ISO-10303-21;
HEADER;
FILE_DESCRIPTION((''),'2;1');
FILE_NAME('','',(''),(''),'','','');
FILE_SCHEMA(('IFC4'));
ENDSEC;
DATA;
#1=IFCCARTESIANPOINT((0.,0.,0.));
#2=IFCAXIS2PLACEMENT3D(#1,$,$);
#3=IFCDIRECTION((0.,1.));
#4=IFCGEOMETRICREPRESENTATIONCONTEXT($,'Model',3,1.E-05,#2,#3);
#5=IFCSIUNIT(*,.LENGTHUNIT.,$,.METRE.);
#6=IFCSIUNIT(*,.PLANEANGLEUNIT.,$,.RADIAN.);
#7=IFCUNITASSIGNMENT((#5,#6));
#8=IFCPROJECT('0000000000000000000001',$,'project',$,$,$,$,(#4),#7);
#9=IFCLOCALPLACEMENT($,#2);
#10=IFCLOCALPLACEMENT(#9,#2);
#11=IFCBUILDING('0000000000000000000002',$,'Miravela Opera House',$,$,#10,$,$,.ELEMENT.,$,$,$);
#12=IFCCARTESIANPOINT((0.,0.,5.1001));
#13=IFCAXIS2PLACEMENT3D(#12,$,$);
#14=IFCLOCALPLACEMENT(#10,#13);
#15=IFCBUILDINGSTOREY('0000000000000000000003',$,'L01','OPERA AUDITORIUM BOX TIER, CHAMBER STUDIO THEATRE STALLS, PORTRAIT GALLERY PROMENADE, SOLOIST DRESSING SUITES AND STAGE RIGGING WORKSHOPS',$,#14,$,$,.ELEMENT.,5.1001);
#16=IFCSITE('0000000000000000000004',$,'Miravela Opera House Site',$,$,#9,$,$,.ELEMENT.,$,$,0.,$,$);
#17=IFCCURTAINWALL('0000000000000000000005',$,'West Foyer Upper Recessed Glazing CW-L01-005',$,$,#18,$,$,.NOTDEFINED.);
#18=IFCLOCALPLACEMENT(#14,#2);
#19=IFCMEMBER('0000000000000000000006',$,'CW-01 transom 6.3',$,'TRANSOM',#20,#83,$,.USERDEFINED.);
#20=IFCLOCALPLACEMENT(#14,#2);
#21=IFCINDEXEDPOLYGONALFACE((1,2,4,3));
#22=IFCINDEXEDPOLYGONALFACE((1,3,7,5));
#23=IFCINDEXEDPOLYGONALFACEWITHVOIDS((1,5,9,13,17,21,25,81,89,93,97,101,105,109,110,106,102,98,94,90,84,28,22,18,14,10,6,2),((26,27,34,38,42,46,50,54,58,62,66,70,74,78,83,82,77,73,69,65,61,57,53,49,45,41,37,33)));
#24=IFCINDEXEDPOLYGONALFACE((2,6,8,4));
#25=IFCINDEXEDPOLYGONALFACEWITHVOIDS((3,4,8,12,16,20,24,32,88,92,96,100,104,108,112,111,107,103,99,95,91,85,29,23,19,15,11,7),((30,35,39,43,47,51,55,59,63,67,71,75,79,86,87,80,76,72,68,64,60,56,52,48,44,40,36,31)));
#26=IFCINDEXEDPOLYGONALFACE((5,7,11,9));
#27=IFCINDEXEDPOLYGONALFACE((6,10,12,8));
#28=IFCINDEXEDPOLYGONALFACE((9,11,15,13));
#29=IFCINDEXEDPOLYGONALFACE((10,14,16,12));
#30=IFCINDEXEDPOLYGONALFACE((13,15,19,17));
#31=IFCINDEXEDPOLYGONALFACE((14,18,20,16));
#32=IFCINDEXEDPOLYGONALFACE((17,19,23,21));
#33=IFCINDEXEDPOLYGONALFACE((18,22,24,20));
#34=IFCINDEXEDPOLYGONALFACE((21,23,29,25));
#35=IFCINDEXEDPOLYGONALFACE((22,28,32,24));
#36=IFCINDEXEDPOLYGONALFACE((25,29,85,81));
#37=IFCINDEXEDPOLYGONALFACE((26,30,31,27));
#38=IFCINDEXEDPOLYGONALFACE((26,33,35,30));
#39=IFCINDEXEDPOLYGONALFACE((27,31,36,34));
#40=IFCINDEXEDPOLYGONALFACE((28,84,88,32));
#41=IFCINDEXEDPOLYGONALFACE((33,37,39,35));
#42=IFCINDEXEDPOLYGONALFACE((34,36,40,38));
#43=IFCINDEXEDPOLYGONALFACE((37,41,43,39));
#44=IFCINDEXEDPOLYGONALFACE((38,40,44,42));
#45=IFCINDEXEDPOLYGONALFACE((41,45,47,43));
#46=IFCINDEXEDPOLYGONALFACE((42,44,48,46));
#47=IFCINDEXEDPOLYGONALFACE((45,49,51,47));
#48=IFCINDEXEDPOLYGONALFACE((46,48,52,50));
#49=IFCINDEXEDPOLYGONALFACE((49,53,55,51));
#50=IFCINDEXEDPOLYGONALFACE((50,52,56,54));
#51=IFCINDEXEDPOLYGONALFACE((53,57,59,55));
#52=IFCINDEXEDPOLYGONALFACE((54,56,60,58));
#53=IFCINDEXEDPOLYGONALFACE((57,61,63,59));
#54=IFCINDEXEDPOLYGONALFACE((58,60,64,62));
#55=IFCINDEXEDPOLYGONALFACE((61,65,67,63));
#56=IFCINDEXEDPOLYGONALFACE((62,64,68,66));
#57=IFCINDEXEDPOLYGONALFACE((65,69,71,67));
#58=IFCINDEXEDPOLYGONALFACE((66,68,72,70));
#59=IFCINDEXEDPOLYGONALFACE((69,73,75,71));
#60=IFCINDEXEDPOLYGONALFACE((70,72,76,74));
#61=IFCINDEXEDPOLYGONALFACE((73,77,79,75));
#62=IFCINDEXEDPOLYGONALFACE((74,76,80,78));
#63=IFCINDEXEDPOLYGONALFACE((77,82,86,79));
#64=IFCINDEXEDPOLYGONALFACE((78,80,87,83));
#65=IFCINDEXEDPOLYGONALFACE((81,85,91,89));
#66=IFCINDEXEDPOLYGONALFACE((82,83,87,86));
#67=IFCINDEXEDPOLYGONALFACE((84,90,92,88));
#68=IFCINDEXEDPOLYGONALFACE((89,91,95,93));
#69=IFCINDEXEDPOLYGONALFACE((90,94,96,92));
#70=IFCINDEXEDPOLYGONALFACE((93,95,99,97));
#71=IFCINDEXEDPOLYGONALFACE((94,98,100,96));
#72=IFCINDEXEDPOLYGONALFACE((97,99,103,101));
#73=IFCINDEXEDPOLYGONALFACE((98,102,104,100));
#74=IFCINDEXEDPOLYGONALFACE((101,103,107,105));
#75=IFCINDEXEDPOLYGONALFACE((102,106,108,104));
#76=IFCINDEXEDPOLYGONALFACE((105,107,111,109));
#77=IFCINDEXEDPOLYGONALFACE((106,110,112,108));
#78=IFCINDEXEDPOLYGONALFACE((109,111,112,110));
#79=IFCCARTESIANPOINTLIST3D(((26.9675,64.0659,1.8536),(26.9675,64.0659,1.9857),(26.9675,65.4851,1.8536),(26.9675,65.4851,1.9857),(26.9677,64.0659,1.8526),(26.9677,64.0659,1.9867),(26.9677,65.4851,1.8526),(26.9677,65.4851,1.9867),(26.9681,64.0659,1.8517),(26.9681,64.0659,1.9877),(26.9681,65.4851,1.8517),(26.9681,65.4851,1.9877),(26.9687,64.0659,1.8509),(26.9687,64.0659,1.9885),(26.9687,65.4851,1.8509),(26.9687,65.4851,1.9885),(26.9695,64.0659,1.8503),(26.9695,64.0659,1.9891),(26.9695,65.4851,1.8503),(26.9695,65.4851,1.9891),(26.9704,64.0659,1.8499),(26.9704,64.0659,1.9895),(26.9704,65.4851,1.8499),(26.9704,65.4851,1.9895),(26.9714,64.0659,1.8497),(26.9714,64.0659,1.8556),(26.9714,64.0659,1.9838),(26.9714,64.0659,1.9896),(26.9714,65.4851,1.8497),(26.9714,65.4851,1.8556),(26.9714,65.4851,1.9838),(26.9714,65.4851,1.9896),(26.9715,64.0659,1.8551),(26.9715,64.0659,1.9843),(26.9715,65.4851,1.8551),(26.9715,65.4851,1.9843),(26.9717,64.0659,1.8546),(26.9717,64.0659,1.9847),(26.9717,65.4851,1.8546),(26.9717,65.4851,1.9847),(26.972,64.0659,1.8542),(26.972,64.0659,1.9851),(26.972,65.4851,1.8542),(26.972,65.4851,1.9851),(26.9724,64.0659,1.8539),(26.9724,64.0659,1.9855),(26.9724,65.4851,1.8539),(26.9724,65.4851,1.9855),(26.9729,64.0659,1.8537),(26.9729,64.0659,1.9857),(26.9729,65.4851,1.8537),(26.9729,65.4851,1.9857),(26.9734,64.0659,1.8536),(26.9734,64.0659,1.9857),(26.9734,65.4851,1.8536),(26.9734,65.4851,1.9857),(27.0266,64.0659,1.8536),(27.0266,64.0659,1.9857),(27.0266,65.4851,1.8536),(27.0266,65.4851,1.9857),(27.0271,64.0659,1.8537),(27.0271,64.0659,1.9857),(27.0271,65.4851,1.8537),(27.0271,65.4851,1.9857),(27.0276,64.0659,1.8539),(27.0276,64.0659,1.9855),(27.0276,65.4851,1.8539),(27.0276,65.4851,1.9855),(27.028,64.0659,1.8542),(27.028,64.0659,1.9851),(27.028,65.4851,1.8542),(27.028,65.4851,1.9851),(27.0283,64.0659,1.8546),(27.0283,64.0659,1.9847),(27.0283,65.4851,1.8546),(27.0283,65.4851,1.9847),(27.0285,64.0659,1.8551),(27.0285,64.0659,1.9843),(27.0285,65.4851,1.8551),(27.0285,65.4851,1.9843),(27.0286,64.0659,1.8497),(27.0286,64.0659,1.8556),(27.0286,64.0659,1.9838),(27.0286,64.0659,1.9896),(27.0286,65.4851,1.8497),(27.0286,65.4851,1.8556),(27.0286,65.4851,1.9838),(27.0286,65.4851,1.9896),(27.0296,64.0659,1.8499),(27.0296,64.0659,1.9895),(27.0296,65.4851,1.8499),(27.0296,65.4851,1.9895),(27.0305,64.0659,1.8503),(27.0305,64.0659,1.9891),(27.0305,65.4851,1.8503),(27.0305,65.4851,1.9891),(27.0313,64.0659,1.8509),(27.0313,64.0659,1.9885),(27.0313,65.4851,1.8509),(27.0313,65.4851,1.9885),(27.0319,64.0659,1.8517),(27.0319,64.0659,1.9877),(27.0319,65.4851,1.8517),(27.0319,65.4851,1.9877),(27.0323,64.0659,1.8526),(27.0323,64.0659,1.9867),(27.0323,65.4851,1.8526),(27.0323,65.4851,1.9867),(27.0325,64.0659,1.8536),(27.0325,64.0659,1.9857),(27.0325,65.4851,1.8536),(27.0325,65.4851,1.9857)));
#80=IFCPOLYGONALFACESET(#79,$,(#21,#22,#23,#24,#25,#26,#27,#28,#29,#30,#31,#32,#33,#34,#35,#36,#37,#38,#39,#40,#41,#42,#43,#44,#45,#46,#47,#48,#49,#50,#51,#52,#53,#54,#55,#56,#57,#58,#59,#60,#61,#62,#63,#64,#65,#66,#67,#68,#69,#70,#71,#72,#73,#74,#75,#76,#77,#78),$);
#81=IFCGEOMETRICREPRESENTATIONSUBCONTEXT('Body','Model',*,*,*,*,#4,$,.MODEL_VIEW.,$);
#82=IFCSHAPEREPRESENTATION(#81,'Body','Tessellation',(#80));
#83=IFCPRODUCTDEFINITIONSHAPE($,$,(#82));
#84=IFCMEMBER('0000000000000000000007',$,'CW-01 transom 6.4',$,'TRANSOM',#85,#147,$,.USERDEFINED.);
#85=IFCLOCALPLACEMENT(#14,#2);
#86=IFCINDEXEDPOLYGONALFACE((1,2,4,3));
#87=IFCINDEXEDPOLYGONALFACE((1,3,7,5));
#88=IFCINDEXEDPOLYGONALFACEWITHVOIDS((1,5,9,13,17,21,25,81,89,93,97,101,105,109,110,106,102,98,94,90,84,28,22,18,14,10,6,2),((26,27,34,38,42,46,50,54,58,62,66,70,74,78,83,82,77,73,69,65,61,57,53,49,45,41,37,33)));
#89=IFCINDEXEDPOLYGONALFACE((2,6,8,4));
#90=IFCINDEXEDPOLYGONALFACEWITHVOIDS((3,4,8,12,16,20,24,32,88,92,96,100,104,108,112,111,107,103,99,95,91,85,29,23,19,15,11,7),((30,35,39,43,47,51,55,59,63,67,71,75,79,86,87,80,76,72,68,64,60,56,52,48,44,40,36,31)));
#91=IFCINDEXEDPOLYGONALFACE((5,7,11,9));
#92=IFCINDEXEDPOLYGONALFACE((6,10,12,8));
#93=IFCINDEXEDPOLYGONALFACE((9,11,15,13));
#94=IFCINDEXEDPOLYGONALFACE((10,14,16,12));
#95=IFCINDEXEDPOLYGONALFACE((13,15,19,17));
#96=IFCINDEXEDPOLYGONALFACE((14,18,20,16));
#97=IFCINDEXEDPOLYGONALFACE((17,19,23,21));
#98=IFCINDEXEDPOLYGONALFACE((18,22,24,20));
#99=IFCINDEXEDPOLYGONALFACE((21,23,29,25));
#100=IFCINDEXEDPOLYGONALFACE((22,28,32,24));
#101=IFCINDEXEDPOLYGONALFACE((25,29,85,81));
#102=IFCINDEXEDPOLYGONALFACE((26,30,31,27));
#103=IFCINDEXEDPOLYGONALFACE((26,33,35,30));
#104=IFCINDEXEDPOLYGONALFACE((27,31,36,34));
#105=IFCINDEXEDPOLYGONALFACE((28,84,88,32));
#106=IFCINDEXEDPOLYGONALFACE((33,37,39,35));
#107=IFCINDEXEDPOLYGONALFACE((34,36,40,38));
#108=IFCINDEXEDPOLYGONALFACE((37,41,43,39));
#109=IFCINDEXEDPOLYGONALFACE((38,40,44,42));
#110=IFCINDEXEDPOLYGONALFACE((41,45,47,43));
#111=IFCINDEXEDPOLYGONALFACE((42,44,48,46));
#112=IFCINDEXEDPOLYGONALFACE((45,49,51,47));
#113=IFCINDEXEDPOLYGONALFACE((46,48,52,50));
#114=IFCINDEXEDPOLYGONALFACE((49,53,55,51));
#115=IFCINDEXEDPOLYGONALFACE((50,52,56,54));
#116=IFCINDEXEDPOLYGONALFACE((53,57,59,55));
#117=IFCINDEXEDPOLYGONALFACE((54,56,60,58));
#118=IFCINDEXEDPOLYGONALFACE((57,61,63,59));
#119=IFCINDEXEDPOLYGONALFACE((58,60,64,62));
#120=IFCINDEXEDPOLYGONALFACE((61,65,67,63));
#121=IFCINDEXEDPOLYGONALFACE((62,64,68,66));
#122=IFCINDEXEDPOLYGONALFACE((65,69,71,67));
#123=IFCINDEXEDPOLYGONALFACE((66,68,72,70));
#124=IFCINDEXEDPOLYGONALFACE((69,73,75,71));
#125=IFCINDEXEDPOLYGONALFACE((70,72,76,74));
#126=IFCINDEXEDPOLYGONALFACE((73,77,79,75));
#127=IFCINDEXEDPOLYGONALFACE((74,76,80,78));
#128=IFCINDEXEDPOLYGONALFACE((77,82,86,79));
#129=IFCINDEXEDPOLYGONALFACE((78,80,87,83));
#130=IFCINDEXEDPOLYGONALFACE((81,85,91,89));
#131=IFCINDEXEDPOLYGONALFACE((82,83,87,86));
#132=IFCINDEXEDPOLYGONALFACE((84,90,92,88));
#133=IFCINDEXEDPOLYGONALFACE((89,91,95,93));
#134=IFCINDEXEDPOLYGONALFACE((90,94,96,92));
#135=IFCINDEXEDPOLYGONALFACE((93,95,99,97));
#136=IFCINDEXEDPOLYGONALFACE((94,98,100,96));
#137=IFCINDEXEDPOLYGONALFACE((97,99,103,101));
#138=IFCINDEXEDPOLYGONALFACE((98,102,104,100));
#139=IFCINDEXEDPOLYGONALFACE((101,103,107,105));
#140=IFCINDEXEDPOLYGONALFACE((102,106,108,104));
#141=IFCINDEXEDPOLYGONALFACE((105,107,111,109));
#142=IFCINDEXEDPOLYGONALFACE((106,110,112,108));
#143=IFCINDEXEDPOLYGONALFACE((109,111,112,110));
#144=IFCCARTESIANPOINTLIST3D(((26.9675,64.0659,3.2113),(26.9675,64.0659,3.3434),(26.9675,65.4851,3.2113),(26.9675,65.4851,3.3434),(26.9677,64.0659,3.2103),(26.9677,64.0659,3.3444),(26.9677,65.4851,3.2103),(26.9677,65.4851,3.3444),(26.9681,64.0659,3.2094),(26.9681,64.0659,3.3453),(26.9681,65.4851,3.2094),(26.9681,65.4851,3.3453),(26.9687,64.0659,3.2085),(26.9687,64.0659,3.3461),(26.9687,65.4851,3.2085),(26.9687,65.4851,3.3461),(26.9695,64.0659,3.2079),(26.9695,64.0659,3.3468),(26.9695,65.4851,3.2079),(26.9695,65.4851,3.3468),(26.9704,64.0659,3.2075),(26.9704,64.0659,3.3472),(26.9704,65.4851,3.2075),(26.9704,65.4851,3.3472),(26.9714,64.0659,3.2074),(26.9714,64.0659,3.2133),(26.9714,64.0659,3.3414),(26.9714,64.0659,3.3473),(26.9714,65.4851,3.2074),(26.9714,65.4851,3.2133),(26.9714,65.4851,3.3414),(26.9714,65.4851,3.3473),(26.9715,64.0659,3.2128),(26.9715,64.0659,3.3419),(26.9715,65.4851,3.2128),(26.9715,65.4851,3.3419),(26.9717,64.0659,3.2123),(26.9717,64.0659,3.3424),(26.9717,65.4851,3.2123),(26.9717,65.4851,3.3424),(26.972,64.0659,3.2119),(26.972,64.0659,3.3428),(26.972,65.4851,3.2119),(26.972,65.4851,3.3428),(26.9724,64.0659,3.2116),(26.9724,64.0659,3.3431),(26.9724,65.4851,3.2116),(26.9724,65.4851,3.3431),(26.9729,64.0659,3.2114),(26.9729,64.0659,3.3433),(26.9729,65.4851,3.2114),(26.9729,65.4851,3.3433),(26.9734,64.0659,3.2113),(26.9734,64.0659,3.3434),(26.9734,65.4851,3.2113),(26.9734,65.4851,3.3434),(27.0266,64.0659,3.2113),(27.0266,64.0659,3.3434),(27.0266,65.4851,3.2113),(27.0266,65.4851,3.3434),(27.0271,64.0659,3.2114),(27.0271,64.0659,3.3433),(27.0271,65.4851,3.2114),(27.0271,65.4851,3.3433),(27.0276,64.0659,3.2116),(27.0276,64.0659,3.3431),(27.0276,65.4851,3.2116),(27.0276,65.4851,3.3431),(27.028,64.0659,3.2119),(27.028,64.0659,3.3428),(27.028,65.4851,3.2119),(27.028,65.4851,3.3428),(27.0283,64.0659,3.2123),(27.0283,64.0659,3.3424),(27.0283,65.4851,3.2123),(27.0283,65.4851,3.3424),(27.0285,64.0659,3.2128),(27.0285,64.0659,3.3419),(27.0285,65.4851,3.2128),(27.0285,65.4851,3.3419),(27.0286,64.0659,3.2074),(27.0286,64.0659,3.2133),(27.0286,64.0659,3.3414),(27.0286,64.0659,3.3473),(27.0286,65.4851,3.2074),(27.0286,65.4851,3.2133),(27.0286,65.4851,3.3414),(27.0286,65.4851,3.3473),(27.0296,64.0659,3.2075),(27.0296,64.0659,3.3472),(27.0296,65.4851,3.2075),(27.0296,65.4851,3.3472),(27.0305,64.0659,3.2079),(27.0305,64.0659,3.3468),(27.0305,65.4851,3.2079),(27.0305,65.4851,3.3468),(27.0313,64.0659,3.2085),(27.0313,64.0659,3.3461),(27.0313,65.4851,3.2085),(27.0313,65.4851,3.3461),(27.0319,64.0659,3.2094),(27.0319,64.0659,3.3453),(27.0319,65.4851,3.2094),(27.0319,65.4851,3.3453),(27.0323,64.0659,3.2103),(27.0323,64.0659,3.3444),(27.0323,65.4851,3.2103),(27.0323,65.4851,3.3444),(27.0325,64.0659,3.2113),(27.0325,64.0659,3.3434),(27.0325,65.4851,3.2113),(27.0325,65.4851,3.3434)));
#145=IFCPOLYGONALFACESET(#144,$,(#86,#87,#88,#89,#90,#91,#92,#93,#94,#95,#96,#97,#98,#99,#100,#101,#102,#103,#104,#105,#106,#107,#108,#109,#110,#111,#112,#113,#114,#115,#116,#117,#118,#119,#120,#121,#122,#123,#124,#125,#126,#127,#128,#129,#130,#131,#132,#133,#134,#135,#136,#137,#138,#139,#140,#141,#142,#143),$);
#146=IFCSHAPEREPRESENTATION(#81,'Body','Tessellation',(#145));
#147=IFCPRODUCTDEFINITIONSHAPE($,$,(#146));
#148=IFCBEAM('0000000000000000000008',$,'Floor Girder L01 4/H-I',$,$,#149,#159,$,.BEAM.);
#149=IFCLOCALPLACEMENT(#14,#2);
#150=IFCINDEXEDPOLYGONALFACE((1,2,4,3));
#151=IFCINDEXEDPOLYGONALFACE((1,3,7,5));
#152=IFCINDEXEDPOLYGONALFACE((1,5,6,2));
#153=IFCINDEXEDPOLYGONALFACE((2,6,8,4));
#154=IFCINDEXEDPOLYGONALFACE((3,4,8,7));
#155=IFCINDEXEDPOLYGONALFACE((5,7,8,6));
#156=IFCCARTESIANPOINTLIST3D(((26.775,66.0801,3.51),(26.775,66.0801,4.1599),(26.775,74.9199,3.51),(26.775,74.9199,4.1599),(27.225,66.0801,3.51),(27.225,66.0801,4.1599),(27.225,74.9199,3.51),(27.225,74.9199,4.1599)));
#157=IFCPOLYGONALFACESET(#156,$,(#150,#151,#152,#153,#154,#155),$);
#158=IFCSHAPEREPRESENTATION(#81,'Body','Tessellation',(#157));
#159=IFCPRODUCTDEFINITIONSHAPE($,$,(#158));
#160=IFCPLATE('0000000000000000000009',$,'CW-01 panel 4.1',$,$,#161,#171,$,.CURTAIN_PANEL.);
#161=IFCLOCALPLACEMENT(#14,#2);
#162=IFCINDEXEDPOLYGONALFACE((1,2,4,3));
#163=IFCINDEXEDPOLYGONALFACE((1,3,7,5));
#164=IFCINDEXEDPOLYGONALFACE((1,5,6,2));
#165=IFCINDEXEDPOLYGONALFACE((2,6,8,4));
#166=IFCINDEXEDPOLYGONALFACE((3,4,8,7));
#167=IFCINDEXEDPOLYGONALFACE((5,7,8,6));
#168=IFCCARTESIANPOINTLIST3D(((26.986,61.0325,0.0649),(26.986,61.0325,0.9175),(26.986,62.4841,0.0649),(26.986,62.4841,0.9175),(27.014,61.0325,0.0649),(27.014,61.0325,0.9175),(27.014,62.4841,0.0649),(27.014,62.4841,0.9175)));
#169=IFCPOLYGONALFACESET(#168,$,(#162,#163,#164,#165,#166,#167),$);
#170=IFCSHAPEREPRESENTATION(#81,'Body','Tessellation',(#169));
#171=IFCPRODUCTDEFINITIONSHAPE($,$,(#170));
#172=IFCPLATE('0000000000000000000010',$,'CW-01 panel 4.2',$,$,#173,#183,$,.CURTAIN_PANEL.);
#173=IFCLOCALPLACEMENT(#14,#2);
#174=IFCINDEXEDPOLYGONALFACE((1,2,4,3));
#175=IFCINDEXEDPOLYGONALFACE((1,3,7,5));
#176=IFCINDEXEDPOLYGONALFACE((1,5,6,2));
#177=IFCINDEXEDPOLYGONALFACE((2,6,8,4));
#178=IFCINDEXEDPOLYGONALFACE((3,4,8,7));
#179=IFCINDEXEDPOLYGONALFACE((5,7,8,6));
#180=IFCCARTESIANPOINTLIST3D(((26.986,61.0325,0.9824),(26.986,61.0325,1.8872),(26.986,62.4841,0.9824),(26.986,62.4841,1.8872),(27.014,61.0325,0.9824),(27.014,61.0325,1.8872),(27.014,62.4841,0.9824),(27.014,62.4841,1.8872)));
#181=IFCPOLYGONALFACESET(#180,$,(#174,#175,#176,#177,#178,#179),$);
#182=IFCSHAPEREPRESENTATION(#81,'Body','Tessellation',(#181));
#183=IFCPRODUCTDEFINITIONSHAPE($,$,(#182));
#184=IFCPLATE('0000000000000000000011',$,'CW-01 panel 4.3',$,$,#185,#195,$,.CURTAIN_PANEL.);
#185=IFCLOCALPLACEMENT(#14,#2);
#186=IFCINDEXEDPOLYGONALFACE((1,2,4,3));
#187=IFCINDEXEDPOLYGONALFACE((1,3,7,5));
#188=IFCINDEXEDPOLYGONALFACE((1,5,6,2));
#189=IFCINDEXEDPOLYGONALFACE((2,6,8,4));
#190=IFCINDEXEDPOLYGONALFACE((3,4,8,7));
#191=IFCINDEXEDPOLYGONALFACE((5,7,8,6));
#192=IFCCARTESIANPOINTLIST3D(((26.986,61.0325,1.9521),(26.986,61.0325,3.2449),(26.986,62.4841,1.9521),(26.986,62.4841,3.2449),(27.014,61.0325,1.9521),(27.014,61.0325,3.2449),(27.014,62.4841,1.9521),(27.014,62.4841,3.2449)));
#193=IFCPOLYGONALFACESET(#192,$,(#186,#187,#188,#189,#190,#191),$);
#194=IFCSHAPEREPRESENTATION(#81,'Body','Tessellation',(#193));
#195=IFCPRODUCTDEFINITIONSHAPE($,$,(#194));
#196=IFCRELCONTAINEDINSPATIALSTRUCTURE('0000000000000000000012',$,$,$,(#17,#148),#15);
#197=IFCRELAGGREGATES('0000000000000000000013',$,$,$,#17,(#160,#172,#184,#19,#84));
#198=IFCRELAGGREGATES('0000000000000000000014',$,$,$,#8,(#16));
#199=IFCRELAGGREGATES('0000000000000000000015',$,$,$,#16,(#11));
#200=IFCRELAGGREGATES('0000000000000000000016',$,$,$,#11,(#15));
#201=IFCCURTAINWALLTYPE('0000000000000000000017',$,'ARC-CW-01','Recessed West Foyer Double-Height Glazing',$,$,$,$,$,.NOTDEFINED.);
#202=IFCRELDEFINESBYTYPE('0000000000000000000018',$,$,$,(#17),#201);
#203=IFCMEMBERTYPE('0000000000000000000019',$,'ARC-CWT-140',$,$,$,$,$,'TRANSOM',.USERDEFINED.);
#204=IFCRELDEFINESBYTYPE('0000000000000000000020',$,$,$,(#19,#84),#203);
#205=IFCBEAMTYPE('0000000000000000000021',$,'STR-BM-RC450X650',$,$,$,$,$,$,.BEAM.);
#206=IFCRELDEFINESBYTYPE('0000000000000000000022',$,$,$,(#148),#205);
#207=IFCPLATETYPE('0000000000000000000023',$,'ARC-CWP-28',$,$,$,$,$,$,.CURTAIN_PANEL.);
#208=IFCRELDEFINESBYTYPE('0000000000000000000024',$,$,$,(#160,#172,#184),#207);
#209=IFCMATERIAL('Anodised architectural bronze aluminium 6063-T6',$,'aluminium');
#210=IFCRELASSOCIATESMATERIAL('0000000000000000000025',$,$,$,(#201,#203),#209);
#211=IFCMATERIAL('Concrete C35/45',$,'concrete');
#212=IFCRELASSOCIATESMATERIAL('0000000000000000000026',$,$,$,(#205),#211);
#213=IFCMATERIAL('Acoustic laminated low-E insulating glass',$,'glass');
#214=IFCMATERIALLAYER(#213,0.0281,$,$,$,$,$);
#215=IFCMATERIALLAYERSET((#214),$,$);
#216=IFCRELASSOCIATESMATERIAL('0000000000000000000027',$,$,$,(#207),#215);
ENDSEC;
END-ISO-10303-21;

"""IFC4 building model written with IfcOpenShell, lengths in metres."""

from ifc_helpers import new_model, si_unit, direction, frame, origin, origin_2d, place, context, subcontext, project, spatial, rectangle, hollow_rectangle, extrude, material, layer, layer_set, material_profile, profile_set, type_object, element, aggregate, save


model = new_model("IFC4")

# Units and contexts
model_context = context("Model", 3, precision=1e-05, world=origin(), true_north=direction((0.0, 1.0)))
body_context = subcontext(model_context, "Body", "Model", "MODEL_VIEW")
ifc_project = project(units=[si_unit("LENGTHUNIT", "METRE"), si_unit("PLANEANGLEUNIT", "RADIAN")], contexts=[model_context])

# Site, building, storey
site_placement = place(None, origin())
site = spatial("IfcSite", under=ifc_project, at=site_placement, Name="Miravela Opera House Site", CompositionType="ELEMENT", RefElevation=0.0)
building_placement = place(site_placement, origin())
building = spatial("IfcBuilding", under=site, at=building_placement, Name="Miravela Opera House", CompositionType="ELEMENT")
storey_placement = place(building_placement, frame((0.0, 0.0, 5.1001)))
storey = spatial("IfcBuildingStorey", under=building, at=storey_placement, Name="L01", Description="OPERA AUDITORIUM BOX TIER, CHAMBER STUDIO THEATRE STALLS, PORTRAIT GALLERY PROMENADE, SOLOIST DRESSING SUITES AND STAGE RIGGING WORKSHOPS", CompositionType="ELEMENT", Elevation=5.1001)

# Curtain wall
ifc_material_1 = material(Name="Anodised architectural bronze aluminium 6063-T6", Category="aluminium")
curtain_wall_type = type_object("IfcCurtainWallType", Name="ARC-CW-01", Description="Recessed West Foyer Double-Height Glazing", PredefinedType="NOTDEFINED", material=ifc_material_1)
curtain_wall_1_placement = place(storey_placement, origin())
curtain_wall_1 = element("IfcCurtainWall", 1, at=curtain_wall_1_placement, inside=storey, type_object=curtain_wall_type, Name="West Foyer Upper Recessed Glazing CW-L01-005", PredefinedType="NOTDEFINED")

# Members
ifc_material_profile_1 = material_profile(ifc_material_1, hollow_rectangle(XDim=0.0649, YDim=0.1399, WallThickness=0.0039, InnerFilletRadius=0.002, OuterFilletRadius=0.0039, at=origin_2d()), Name="CWT-65X140")
ifc_profile_set_1 = profile_set([ifc_material_profile_1])
member_type_1 = type_object("IfcMemberType", Name="ARC-CWT-140", ElementType="TRANSOM", PredefinedType="USERDEFINED", material=ifc_profile_set_1)
member_1_placement = place(storey_placement, frame((27.0, 64.0659, 1.9197), z_axis=(0.0, 1.0, 0.0), x_axis=(-1.0, 0.0, 0.0)))
member_1 = element("IfcMember", 2, at=member_1_placement, type_object=member_type_1, Name="CW-01 transom 6.3", ObjectType="TRANSOM", PredefinedType="USERDEFINED", context=body_context, shape_type="SweptSolid", body=[
    extrude(hollow_rectangle(XDim=0.0649, YDim=0.1399, WallThickness=0.0039, InnerFilletRadius=0.002, OuterFilletRadius=0.0039, at=origin_2d()), origin(), (0.0, 0.0, 1.0), 1.4192),
])
member_2_placement = place(storey_placement, frame((27.0, 64.0659, 3.2773), z_axis=(0.0, 1.0, 0.0), x_axis=(-1.0, 0.0, 0.0)))
member_2 = element("IfcMember", 3, at=member_2_placement, type_object=member_type_1, Name="CW-01 transom 6.4", ObjectType="TRANSOM", PredefinedType="USERDEFINED", context=body_context, shape_type="SweptSolid", body=[
    extrude(hollow_rectangle(XDim=0.0649, YDim=0.1399, WallThickness=0.0039, InnerFilletRadius=0.002, OuterFilletRadius=0.0039, at=origin_2d()), origin(), (0.0, 0.0, 1.0), 1.4192),
])

# Beam
ifc_material_2 = material(Name="Concrete C35/45", Category="concrete")
ifc_material_profile_2 = material_profile(ifc_material_2, rectangle(XDim=0.45, YDim=0.6499, at=origin_2d()), Name="RC-BM-450X650")
ifc_profile_set_2 = profile_set([ifc_material_profile_2])
beam_type = type_object("IfcBeamType", Name="STR-BM-RC450X650", PredefinedType="BEAM", material=ifc_profile_set_2)
beam_placement = place(storey_placement, frame((27.0, 66.0801, 3.835), z_axis=(0.0, 1.0, 0.0), x_axis=(-1.0, 0.0, 0.0)))
element("IfcBeam", 4, at=beam_placement, inside=storey, type_object=beam_type, Name="Floor Girder L01 4/H-I", PredefinedType="BEAM", context=body_context, shape_type="SweptSolid", body=[
    extrude(rectangle(XDim=0.45, YDim=0.6499, at=origin_2d()), origin(), (0.0, 0.0, 1.0), 8.8398),
])

# Plates
ifc_material_3 = material(Name="Acoustic laminated low-E insulating glass", Category="glass")
ifc_layer_1 = layer(ifc_material_3, 0.0281)
ifc_layer_set_1 = layer_set([ifc_layer_1])
plate_type = type_object("IfcPlateType", Name="ARC-CWP-28", PredefinedType="CURTAIN_PANEL", material=ifc_layer_set_1)
plate_1_placement = place(storey_placement, frame((27.0, 61.7583, 0.0649), z_axis=(0.0, 0.0, 1.0), x_axis=(0.0, 1.0, 0.0)))
plate_1 = element("IfcPlate", 5, at=plate_1_placement, type_object=plate_type, Name="CW-01 panel 4.1", PredefinedType="CURTAIN_PANEL", context=body_context, shape_type="SweptSolid", body=[
    extrude(rectangle(XDim=1.4517, YDim=0.0281, at=origin_2d()), origin(), (0.0, 0.0, 1.0), 0.8525),
])
plate_2_placement = place(storey_placement, frame((27.0, 61.7583, 0.9824), z_axis=(0.0, 0.0, 1.0), x_axis=(0.0, 1.0, 0.0)))
plate_2 = element("IfcPlate", 6, at=plate_2_placement, type_object=plate_type, Name="CW-01 panel 4.2", PredefinedType="CURTAIN_PANEL", context=body_context, shape_type="SweptSolid", body=[
    extrude(rectangle(XDim=1.4517, YDim=0.0281, at=origin_2d()), origin(), (0.0, 0.0, 1.0), 0.9048),
])
plate_3_placement = place(storey_placement, frame((27.0, 61.7583, 1.9521), z_axis=(0.0, 0.0, 1.0), x_axis=(0.0, 1.0, 0.0)))
plate_3 = element("IfcPlate", 7, at=plate_3_placement, type_object=plate_type, Name="CW-01 panel 4.3", PredefinedType="CURTAIN_PANEL", context=body_context, shape_type="SweptSolid", body=[
    extrude(rectangle(XDim=1.4517, YDim=0.0281, at=origin_2d()), origin(), (0.0, 0.0, 1.0), 1.2927),
])
aggregate(curtain_wall_1, [plate_1, plate_2, plate_3, member_1, member_2])

save(model, "model.ifc")
